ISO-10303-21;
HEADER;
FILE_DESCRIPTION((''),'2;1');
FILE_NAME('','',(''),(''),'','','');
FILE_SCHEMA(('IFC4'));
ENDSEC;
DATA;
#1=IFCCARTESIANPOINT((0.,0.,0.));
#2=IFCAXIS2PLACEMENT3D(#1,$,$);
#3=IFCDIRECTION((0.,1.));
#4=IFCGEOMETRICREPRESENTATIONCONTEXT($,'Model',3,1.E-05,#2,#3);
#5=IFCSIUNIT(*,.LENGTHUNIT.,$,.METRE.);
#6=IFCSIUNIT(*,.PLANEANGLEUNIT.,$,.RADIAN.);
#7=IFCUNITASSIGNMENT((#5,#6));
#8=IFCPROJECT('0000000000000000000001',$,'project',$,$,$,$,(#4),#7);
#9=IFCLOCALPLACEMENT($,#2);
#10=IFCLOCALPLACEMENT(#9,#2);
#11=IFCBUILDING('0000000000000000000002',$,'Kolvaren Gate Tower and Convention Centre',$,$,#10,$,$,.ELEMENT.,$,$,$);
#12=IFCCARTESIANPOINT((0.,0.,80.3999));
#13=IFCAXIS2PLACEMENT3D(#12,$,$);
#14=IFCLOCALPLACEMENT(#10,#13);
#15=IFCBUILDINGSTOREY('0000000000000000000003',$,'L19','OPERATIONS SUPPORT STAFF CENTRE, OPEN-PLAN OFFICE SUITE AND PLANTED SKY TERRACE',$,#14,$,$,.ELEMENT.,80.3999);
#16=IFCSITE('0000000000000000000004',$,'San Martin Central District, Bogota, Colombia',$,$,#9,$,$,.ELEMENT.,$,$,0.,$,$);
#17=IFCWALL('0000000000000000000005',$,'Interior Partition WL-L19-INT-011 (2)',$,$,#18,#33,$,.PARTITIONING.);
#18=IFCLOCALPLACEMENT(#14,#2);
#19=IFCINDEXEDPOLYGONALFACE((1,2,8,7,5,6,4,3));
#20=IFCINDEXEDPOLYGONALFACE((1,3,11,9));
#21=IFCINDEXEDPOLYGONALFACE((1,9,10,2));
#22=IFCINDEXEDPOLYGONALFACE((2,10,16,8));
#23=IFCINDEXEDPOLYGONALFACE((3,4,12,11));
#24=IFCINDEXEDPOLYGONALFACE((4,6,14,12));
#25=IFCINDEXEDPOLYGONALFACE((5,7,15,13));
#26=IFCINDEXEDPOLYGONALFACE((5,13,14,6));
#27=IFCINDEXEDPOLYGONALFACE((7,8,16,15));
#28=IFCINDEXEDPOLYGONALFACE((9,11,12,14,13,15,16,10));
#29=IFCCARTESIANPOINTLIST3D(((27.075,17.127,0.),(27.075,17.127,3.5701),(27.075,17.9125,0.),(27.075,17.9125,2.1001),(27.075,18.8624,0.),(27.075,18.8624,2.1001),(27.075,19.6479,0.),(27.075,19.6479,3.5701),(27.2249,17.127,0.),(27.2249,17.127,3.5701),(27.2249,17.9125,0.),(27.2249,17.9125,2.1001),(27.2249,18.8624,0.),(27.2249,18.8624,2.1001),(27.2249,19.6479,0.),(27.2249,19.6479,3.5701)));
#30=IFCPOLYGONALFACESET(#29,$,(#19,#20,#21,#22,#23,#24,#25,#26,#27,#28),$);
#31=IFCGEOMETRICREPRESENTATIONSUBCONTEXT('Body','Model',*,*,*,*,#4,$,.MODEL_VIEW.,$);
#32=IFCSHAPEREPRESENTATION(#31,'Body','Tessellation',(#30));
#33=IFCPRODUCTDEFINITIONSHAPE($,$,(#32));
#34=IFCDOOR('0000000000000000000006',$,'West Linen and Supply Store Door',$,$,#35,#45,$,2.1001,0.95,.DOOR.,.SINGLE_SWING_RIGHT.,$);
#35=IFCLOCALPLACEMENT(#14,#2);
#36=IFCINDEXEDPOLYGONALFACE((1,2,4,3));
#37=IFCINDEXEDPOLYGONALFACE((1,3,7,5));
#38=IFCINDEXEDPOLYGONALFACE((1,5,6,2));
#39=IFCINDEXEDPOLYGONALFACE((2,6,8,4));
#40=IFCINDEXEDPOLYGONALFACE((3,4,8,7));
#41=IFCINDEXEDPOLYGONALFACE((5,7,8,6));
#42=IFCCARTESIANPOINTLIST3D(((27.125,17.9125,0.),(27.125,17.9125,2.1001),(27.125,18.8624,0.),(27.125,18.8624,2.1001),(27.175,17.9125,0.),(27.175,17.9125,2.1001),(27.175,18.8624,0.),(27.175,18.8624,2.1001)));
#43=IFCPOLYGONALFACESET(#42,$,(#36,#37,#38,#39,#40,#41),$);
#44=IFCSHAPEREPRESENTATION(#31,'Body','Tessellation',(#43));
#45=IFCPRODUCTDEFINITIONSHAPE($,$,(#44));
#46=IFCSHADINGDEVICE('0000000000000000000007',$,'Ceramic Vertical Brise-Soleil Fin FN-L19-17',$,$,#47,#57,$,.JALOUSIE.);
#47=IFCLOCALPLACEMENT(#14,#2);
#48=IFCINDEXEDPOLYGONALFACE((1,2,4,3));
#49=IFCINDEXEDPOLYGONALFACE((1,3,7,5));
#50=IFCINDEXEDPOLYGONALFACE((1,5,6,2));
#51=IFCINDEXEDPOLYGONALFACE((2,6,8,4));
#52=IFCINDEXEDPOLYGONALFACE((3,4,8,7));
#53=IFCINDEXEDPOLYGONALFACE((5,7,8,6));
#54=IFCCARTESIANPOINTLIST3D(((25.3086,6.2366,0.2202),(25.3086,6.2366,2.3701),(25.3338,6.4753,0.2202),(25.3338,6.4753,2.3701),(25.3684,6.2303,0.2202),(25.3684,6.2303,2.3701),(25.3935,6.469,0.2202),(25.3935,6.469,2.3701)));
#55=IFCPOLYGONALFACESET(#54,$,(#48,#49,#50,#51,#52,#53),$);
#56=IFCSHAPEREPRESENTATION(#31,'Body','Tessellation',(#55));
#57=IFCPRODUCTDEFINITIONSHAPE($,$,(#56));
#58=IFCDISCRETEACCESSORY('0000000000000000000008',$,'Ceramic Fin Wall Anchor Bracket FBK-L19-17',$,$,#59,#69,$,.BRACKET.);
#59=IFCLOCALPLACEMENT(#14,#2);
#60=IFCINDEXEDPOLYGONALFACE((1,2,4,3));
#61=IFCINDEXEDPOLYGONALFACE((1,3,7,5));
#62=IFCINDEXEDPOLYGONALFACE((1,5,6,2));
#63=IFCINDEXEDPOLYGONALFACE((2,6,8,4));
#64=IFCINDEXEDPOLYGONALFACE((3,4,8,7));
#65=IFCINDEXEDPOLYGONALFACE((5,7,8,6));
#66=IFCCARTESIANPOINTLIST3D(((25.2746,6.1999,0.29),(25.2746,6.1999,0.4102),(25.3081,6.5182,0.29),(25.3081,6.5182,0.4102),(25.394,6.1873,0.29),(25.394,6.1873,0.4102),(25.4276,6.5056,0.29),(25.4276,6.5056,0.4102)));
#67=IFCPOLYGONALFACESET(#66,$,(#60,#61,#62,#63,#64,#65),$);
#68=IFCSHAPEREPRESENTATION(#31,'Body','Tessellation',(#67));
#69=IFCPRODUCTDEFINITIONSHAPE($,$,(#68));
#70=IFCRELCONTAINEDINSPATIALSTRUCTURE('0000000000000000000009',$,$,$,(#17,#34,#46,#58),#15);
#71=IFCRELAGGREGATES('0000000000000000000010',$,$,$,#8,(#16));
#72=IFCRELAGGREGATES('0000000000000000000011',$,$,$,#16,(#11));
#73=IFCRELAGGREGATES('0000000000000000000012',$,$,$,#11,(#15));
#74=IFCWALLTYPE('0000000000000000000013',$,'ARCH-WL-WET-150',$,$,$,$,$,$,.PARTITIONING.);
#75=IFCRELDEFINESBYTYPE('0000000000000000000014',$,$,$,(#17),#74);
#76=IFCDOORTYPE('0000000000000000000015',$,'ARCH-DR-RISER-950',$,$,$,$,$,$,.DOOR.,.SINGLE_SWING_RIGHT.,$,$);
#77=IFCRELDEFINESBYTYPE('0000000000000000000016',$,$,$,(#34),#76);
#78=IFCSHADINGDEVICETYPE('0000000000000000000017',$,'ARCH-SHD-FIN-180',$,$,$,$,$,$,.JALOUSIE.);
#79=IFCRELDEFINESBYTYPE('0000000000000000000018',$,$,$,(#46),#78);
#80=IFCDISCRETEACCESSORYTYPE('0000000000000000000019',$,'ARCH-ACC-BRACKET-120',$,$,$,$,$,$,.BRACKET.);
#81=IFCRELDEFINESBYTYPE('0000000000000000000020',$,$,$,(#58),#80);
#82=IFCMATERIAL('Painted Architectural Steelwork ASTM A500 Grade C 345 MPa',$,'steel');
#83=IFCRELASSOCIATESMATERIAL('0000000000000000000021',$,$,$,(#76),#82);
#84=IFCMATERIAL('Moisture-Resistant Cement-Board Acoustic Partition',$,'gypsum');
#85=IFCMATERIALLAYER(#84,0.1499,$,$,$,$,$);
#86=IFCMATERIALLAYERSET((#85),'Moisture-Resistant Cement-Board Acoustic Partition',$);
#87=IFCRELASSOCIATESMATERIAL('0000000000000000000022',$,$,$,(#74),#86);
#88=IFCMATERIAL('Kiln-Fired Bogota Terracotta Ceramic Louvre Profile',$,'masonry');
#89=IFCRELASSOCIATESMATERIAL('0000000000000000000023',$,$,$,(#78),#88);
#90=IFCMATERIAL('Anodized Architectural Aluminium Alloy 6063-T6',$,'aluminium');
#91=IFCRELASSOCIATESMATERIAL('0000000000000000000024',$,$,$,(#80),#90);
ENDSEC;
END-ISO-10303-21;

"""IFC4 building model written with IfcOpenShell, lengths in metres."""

from ifc_helpers import new_model, si_unit, direction, frame, frame_2d, origin, origin_2d, place, context, subcontext, project, spatial, rectangle, extrude, material, layer, layer_set, type_object, element, fill, save


model = new_model("IFC4")

# Units and contexts
model_context = context("Model", 3, precision=1e-05, world=origin(), true_north=direction((0.0, 1.0)))
body_context = subcontext(model_context, "Body", "Model", "MODEL_VIEW")
ifc_project = project(units=[si_unit("LENGTHUNIT", "METRE"), si_unit("PLANEANGLEUNIT", "RADIAN")], contexts=[model_context])

# Site, building, storey
site_placement = place(None, origin())
site = spatial("IfcSite", under=ifc_project, at=site_placement, Name="San Martin Central District, Bogota, Colombia", CompositionType="ELEMENT", RefElevation=0.0)
building_placement = place(site_placement, origin())
building = spatial("IfcBuilding", under=site, at=building_placement, Name="Kolvaren Gate Tower and Convention Centre", CompositionType="ELEMENT")
storey_placement = place(building_placement, frame((0.0, 0.0, 80.3999)))
storey = spatial("IfcBuildingStorey", under=building, at=storey_placement, Name="L19", Description="OPERATIONS SUPPORT STAFF CENTRE, OPEN-PLAN OFFICE SUITE AND PLANTED SKY TERRACE", CompositionType="ELEMENT", Elevation=80.3999)

# Shared definitions
ifc_material_1 = material(Name="Painted Architectural Steelwork ASTM A500 Grade C 345 MPa", Category="steel")
door_type_1 = type_object("IfcDoorType", Name="ARCH-DR-RISER-950", OperationType="SINGLE_SWING_RIGHT", PredefinedType="DOOR", material=ifc_material_1)

# Shared definitions
ifc_material_2 = material(Name="Moisture-Resistant Cement-Board Acoustic Partition", Category="gypsum")
ifc_layer_1 = layer(ifc_material_2, 0.1499)
ifc_layer_set_1 = layer_set([ifc_layer_1], Name="Moisture-Resistant Cement-Board Acoustic Partition")
wall_type_1 = type_object("IfcWallType", Name="ARCH-WL-WET-150", PredefinedType="PARTITIONING", material=ifc_layer_set_1)

# Wall, opening, door
wall_1_placement = place(storey_placement, frame((27.1499, 17.127, 0.0), z_axis=(0.0, 0.0, 1.0), x_axis=(0.0, 1.0, 0.0)))
wall_1 = element("IfcWall", 1, at=wall_1_placement, inside=storey, type_object=wall_type_1, Name="Interior Partition WL-L19-INT-011 (2)", PredefinedType="PARTITIONING", context=body_context, shape_type="SweptSolid", body=[
    extrude(rectangle(XDim=2.521, YDim=0.1499, at=frame_2d((1.2605, 0.0))), origin(), (0.0, 0.0, 1.0), 3.5701),
])
opening_1_placement = place(wall_1_placement, frame((0.7854, 0.0, 0.0)))
opening_1 = element("IfcOpeningElement", 2, at=opening_1_placement, cuts=wall_1, PredefinedType="OPENING", context=body_context, shape_type="SweptSolid", body=[
    extrude(rectangle(XDim=0.95, YDim=2.1001, at=frame_2d((0.4751, 1.05))), frame((0.0, 0.085, 0.0), z_axis=(0.0, -1.0, 0.0), x_axis=(1.0, 0.0, 0.0)), (0.0, 0.0, 1.0), 0.1699),
])
door_1_placement = place(opening_1_placement, origin())
door_1 = element("IfcDoor", 3, at=door_1_placement, inside=storey, type_object=door_type_1, Name="West Linen and Supply Store Door", OperationType="SINGLE_SWING_RIGHT", OverallHeight=2.1001, OverallWidth=0.95, PredefinedType="DOOR", context=body_context, shape_type="SweptSolid", body=[
    extrude(rectangle(XDim=0.95, YDim=2.1001, at=frame_2d((0.4751, 1.05))), frame((0.0, 0.0249, 0.0), z_axis=(0.0, -1.0, 0.0), x_axis=(1.0, 0.0, 0.0)), (0.0, 0.0, 1.0), 0.05),
])
fill(opening_1, door_1)

# Shading device
ifc_material_3 = material(Name="Kiln-Fired Bogota Terracotta Ceramic Louvre Profile", Category="masonry")
shading_device_type = type_object("IfcShadingDeviceType", Name="ARCH-SHD-FIN-180", PredefinedType="JALOUSIE", material=ifc_material_3)
shading_device_placement = place(storey_placement, frame((25.3511, 6.3528, 0.2202), z_axis=(0.0, 0.0, 1.0), x_axis=(0.994499, -0.104747, 0.0)))
element("IfcShadingDevice", 4, at=shading_device_placement, inside=storey, type_object=shading_device_type, Name="Ceramic Vertical Brise-Soleil Fin FN-L19-17", PredefinedType="JALOUSIE", context=body_context, shape_type="SweptSolid", body=[
    extrude(rectangle(XDim=0.0601, YDim=0.24, at=origin_2d()), origin(), (0.0, 0.0, 1.0), 2.1499),
])

# Discrete accessory
ifc_material_4 = material(Name="Anodized Architectural Aluminium Alloy 6063-T6", Category="aluminium")
discrete_accessory_type = type_object("IfcDiscreteAccessoryType", Name="ARCH-ACC-BRACKET-120", PredefinedType="BRACKET", material=ifc_material_4)
discrete_accessory_placement = place(storey_placement, frame((25.3511, 6.3528, 0.29), z_axis=(0.0, 0.0, 1.0), x_axis=(0.994499, -0.104747, 0.0)))
element("IfcDiscreteAccessory", 5, at=discrete_accessory_placement, inside=storey, type_object=discrete_accessory_type, Name="Ceramic Fin Wall Anchor Bracket FBK-L19-17", PredefinedType="BRACKET", context=body_context, shape_type="SweptSolid", body=[
    extrude(rectangle(XDim=0.1201, YDim=0.3201, at=origin_2d()), origin(), (0.0, 0.0, 1.0), 0.1201),
])

save(model, "model.ifc")
